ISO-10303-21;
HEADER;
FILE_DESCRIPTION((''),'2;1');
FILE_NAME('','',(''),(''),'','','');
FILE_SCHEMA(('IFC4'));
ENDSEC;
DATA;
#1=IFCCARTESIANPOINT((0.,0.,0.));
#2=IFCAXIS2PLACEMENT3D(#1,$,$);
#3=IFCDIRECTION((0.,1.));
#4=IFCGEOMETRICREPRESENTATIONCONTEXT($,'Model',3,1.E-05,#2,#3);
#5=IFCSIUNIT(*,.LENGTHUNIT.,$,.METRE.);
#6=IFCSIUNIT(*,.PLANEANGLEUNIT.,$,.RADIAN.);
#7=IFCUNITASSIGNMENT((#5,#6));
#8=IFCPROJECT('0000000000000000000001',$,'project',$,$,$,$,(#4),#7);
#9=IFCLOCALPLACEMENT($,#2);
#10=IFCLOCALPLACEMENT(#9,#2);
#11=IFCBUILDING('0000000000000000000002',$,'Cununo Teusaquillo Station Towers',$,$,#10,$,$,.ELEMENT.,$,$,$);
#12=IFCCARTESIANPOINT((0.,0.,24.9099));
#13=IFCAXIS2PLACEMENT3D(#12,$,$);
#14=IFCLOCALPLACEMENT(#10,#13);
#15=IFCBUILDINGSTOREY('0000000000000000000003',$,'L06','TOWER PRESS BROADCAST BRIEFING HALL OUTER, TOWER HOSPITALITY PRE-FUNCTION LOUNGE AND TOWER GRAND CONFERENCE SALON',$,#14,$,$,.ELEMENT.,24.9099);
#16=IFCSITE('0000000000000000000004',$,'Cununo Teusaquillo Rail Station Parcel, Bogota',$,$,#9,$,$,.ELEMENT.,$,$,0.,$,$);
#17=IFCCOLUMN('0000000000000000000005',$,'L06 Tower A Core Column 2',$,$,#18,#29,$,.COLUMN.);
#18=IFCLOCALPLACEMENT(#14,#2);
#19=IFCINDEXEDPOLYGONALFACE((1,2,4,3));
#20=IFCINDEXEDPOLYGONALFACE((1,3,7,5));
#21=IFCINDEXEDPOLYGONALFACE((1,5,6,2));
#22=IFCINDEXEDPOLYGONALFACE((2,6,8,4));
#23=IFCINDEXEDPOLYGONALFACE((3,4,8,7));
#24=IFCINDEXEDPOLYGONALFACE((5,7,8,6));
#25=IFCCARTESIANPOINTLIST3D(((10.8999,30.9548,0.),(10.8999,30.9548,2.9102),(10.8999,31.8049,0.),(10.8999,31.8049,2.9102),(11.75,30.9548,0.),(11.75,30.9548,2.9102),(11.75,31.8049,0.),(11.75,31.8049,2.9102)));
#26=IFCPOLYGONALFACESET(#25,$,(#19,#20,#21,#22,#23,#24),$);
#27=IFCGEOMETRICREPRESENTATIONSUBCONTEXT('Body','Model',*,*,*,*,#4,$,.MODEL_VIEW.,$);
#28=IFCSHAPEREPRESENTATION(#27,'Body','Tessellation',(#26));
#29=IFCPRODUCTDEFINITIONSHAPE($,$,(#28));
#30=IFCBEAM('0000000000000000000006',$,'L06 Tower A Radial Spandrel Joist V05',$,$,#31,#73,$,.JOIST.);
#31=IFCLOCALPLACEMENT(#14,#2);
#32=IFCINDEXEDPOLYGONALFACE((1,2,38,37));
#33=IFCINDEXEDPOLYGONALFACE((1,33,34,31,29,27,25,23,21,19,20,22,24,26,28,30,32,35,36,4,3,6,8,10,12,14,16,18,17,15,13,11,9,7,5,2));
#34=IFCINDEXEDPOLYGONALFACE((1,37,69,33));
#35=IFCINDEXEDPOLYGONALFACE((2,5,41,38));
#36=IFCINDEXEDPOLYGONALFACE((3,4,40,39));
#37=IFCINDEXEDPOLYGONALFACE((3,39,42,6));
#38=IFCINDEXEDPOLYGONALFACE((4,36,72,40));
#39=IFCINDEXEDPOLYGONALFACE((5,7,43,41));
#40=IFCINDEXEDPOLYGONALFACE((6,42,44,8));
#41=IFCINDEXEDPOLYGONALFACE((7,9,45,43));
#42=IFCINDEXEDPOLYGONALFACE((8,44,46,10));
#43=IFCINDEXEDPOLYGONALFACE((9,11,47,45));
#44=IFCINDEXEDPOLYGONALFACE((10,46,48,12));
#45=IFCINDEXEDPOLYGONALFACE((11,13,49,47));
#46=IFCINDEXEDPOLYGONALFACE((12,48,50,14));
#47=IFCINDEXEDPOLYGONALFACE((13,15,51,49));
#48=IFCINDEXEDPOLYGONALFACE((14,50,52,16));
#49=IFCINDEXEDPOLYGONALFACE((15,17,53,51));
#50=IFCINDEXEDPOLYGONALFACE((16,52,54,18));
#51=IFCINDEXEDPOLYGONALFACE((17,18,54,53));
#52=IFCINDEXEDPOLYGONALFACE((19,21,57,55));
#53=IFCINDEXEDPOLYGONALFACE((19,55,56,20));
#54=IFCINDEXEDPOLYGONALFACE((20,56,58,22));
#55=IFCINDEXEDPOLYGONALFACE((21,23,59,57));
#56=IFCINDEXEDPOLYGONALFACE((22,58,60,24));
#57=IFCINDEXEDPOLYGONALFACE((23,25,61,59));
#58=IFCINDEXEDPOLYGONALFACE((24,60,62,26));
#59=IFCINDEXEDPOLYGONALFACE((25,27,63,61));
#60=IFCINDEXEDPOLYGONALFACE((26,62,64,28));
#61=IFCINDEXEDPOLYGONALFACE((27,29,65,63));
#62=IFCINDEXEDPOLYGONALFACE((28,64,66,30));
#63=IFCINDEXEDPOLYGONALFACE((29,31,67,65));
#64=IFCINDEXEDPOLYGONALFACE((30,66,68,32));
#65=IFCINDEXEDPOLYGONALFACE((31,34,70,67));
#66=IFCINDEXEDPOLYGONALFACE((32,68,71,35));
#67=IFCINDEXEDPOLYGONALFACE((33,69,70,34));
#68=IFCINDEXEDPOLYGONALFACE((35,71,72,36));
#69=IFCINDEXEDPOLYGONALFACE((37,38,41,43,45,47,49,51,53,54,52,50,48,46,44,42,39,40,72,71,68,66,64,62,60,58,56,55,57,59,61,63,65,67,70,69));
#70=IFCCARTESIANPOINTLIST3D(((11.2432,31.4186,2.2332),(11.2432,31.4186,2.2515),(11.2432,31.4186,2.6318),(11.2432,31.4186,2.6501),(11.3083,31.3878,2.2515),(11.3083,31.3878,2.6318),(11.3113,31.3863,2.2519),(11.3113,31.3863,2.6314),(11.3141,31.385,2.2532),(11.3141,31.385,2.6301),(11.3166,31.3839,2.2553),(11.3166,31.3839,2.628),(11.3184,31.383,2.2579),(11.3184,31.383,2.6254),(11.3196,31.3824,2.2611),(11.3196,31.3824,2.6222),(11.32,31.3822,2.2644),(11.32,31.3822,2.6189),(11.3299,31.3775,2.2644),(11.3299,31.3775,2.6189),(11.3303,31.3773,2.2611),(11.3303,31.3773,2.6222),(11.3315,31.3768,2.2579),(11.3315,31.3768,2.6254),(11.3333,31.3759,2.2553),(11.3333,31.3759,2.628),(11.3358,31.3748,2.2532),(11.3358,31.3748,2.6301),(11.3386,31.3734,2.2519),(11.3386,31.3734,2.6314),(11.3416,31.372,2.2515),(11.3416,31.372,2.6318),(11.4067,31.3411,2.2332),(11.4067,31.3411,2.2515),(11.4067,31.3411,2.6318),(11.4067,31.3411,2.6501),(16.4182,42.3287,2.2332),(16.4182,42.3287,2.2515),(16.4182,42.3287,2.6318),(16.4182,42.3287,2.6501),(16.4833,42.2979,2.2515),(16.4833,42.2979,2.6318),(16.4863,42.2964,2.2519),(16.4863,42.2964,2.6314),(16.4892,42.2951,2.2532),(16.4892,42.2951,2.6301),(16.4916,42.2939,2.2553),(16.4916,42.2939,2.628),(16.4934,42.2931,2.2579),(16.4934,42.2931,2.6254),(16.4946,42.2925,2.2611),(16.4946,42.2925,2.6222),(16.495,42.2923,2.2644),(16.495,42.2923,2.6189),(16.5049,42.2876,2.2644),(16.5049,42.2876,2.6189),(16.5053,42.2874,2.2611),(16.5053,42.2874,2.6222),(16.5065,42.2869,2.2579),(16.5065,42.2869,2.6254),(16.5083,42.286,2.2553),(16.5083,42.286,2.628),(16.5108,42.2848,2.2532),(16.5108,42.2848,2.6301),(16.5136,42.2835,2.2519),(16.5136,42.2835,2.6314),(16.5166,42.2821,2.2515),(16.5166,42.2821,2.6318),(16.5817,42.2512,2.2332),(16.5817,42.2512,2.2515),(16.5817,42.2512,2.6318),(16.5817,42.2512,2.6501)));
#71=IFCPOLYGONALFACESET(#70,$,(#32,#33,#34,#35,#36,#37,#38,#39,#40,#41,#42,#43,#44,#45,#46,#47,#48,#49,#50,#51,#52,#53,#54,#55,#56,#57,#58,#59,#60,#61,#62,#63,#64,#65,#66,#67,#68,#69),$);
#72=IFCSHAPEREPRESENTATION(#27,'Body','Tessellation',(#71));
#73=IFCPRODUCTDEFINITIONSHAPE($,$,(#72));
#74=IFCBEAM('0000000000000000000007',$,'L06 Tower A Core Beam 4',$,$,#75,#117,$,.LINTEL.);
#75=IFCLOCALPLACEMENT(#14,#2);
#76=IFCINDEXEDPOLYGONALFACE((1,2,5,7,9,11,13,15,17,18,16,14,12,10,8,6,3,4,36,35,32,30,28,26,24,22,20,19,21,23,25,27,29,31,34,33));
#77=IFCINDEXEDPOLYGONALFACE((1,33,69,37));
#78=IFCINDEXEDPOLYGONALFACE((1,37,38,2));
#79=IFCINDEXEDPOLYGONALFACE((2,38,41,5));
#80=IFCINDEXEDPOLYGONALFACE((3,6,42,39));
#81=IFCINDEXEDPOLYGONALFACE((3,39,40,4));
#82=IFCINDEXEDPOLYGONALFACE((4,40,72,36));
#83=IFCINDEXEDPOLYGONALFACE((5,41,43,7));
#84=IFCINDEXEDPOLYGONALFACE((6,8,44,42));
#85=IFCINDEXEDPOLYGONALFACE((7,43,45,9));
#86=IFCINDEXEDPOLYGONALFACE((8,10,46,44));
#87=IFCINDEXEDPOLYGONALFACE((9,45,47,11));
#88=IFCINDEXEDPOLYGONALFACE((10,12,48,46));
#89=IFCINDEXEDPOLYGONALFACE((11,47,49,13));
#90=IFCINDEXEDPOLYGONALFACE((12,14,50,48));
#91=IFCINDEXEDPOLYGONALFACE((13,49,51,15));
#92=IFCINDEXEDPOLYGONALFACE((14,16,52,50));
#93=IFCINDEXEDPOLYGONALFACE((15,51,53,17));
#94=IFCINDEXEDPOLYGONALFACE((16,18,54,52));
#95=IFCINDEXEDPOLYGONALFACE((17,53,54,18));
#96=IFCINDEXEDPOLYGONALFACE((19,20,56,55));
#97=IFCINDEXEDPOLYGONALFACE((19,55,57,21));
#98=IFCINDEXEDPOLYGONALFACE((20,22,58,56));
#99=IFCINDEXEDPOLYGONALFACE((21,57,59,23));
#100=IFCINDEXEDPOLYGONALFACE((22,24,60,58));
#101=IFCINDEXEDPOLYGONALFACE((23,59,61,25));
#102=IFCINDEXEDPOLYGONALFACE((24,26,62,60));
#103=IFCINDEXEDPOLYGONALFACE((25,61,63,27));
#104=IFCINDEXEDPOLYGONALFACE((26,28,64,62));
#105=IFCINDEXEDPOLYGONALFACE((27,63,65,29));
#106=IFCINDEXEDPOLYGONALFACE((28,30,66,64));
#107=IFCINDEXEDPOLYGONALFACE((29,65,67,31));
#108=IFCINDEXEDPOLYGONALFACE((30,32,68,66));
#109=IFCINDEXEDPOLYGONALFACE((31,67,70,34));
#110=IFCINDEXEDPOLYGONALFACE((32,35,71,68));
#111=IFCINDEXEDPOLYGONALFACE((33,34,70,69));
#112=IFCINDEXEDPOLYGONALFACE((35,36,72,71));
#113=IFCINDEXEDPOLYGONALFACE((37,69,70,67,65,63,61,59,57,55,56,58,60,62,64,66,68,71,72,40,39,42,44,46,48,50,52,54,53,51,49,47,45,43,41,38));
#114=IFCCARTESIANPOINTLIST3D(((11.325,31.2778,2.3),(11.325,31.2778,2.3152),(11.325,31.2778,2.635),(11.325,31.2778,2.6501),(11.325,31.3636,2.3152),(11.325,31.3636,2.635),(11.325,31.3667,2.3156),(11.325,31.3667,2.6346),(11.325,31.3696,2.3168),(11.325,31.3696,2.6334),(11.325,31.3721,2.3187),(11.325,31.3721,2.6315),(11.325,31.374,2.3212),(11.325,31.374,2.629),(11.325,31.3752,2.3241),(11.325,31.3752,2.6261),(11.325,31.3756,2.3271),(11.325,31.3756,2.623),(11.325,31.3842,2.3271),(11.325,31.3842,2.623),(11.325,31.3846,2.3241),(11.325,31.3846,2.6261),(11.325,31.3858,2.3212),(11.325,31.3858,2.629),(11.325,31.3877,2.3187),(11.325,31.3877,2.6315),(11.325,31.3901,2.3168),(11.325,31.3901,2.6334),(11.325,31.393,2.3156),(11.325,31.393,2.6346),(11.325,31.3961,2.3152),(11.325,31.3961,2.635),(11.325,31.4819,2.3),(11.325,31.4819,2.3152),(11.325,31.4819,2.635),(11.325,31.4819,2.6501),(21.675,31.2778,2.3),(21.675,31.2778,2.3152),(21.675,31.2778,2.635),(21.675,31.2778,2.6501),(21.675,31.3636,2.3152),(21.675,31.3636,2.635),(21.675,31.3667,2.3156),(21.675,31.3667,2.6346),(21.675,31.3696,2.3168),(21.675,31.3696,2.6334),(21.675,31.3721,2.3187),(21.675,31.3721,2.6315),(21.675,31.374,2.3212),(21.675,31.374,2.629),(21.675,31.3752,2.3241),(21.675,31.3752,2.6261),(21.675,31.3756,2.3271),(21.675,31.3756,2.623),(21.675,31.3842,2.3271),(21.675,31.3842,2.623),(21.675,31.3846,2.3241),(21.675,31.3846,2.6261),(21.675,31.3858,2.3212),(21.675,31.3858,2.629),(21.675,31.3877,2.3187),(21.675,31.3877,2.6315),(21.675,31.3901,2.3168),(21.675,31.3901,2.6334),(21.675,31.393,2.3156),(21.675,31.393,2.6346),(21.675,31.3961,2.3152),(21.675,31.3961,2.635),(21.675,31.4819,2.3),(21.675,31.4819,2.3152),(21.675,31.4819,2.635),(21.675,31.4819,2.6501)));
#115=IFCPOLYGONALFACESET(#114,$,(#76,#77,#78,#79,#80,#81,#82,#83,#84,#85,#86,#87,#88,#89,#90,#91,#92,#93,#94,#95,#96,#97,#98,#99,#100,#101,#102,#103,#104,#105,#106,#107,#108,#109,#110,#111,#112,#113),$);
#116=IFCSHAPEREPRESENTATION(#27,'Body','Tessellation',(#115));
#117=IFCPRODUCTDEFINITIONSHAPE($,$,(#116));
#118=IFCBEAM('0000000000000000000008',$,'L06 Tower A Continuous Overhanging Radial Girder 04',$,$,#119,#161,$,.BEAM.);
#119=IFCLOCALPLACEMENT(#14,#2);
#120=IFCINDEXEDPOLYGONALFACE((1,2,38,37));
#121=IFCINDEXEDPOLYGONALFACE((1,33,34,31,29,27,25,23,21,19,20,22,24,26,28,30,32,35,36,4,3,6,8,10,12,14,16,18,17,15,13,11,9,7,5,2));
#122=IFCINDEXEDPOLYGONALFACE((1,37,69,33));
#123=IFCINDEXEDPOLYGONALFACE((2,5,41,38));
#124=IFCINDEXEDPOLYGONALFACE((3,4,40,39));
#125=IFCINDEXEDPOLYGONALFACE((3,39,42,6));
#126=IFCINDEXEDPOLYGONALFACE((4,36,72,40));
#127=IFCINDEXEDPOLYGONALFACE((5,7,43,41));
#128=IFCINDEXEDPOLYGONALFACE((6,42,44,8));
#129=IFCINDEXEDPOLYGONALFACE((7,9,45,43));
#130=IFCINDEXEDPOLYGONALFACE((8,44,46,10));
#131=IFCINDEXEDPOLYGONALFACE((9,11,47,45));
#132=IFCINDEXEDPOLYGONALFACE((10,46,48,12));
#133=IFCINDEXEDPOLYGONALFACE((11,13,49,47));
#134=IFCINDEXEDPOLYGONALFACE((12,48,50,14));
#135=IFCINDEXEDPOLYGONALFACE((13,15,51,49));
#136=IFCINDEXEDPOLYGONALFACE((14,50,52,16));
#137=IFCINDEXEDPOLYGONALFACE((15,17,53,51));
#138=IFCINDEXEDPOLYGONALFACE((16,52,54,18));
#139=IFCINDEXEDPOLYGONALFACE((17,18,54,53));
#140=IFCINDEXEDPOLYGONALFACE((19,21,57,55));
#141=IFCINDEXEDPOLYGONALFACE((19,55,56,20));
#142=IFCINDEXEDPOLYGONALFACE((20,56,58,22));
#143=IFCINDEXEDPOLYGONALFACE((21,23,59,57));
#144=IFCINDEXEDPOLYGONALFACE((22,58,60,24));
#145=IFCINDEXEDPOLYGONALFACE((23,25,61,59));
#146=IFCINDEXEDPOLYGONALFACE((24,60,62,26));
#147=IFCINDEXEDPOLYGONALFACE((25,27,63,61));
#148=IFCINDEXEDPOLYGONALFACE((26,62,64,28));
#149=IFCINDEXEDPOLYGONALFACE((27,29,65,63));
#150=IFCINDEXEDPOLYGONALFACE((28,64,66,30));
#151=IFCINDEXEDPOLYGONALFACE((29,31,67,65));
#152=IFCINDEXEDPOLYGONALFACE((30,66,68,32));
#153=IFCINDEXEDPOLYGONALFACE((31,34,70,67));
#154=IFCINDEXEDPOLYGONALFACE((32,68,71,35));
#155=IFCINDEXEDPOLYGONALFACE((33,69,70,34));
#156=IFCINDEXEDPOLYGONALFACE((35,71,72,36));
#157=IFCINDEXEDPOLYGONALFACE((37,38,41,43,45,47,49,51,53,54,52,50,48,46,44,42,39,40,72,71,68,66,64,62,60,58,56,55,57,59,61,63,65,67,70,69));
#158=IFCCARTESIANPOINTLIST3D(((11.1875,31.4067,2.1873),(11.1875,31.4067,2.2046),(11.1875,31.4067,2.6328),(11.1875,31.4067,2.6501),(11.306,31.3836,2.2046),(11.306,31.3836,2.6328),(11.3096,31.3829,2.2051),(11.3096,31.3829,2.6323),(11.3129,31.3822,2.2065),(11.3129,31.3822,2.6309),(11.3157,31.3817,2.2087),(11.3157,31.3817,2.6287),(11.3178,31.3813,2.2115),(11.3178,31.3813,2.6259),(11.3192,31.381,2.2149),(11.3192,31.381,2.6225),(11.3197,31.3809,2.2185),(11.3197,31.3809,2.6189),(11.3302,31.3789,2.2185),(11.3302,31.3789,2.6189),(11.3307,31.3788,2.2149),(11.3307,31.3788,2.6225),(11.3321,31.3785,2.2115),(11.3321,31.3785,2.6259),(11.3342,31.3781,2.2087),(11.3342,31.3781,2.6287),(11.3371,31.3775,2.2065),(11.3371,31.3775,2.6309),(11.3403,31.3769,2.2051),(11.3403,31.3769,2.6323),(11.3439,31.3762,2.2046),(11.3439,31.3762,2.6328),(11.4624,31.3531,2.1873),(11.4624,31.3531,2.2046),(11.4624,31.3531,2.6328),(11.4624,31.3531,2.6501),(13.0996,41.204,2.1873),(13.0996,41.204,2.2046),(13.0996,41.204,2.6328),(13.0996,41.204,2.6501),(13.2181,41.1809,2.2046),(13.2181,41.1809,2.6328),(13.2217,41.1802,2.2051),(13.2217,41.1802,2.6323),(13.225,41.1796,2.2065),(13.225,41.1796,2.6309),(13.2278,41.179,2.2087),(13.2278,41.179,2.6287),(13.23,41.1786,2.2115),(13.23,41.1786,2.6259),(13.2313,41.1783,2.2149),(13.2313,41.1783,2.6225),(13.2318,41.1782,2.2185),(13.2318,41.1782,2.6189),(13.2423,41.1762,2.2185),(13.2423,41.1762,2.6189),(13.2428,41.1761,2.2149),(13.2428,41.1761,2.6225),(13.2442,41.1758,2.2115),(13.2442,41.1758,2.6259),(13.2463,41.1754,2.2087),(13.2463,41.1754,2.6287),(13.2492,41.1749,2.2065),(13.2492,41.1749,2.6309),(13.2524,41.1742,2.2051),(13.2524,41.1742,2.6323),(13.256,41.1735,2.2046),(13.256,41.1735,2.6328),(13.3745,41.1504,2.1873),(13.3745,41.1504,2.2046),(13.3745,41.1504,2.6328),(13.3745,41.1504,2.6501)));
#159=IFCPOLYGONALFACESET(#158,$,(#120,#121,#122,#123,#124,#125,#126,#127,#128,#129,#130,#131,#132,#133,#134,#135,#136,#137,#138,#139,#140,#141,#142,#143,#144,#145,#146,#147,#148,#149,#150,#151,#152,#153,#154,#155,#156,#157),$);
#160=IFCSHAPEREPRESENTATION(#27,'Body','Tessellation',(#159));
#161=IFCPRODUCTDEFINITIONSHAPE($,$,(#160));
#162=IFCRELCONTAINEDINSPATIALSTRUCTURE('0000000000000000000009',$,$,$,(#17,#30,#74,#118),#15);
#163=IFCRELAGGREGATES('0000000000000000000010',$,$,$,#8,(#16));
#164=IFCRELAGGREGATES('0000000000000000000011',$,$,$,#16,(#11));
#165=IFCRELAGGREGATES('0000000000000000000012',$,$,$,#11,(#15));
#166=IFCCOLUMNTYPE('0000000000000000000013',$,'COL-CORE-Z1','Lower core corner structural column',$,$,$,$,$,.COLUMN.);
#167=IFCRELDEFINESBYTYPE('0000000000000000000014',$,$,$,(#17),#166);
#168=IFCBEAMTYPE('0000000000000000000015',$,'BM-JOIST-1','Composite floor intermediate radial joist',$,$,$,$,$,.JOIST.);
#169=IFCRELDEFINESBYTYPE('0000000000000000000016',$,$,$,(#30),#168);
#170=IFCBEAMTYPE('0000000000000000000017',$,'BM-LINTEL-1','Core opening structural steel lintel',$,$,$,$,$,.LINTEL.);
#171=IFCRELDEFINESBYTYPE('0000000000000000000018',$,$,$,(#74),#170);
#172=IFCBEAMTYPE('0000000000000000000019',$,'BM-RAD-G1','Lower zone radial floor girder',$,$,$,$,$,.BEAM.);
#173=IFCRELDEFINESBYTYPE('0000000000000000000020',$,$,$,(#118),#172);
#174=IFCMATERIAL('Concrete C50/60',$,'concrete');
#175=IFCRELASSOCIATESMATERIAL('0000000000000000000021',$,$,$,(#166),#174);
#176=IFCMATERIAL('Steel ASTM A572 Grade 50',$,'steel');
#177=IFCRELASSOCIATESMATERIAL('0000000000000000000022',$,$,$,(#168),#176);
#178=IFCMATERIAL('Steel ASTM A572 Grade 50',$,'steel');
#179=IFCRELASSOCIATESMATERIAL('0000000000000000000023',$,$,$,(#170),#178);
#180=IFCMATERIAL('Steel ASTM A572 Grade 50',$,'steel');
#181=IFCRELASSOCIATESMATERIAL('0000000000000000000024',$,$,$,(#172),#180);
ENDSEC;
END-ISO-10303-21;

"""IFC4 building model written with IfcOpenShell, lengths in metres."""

from ifc_helpers import new_model, si_unit, direction, frame, origin, origin_2d, place, context, subcontext, project, spatial, rectangle, i_section, extrude, material, material_profile, profile_set, type_object, element, save


model = new_model("IFC4")

# Units and contexts
model_context = context("Model", 3, precision=1e-05, world=origin(), true_north=direction((0.0, 1.0)))
body_context = subcontext(model_context, "Body", "Model", "MODEL_VIEW")
ifc_project = project(units=[si_unit("LENGTHUNIT", "METRE"), si_unit("PLANEANGLEUNIT", "RADIAN")], contexts=[model_context])

# Site, building, storey
site_placement = place(None, origin())
site = spatial("IfcSite", under=ifc_project, at=site_placement, Name="Cununo Teusaquillo Rail Station Parcel, Bogota", CompositionType="ELEMENT", RefElevation=0.0)
building_placement = place(site_placement, origin())
building = spatial("IfcBuilding", under=site, at=building_placement, Name="Cununo Teusaquillo Station Towers", CompositionType="ELEMENT")
storey_placement = place(building_placement, frame((0.0, 0.0, 24.9099)))
storey = spatial("IfcBuildingStorey", under=building, at=storey_placement, Name="L06", Description="TOWER PRESS BROADCAST BRIEFING HALL OUTER, TOWER HOSPITALITY PRE-FUNCTION LOUNGE AND TOWER GRAND CONFERENCE SALON", CompositionType="ELEMENT", Elevation=24.9099)

# Column
ifc_material_1 = material(Name="Concrete C50/60", Category="concrete")
ifc_material_profile_1 = material_profile(ifc_material_1, rectangle(XDim=0.8501, YDim=0.8501, at=origin_2d()), Name="RC-RECT-850x850")
ifc_profile_set_1 = profile_set([ifc_material_profile_1], Name="Concrete C50/60")
column_type = type_object("IfcColumnType", Name="COL-CORE-Z1", Description="Lower core corner structural column", PredefinedType="COLUMN", material=ifc_profile_set_1)
column_placement = place(storey_placement, frame((11.325, 31.3799, 0.0), z_axis=(0.0, 0.0, 1.0), x_axis=(1.0, 0.0, 0.0)))
element("IfcColumn", 1, at=column_placement, inside=storey, type_object=column_type, Name="L06 Tower A Core Column 2", PredefinedType="COLUMN", context=body_context, shape_type="SweptSolid", body=[
    extrude(rectangle(XDim=0.8501, YDim=0.8501, at=origin_2d()), origin(), (0.0, 0.0, 1.0), 2.9102),
])

# Beams
ifc_material_2 = material(Name="Steel ASTM A572 Grade 50", Category="steel")
ifc_material_profile_2 = material_profile(ifc_material_2, i_section(OverallWidth=0.1809, OverallDepth=0.417, WebThickness=0.011, FlangeThickness=0.0183, FilletRadius=0.0129, at=origin_2d()), Name="W16X57")
ifc_profile_set_2 = profile_set([ifc_material_profile_2], Name="Steel ASTM A572 Grade 50")
beam_type_1 = type_object("IfcBeamType", Name="BM-JOIST-1", Description="Composite floor intermediate radial joist", PredefinedType="JOIST", material=ifc_profile_set_2)
beam_1_placement = place(storey_placement, frame((11.325, 31.3799, 2.4417), z_axis=(0.428565, 0.903511, 0.0), x_axis=(-0.903511, 0.428565, 0.0)))
element("IfcBeam", 2, at=beam_1_placement, inside=storey, type_object=beam_type_1, Name="L06 Tower A Radial Spandrel Joist V05", PredefinedType="JOIST", context=body_context, shape_type="SweptSolid", body=[
    extrude(i_section(OverallWidth=0.1809, OverallDepth=0.417, WebThickness=0.011, FlangeThickness=0.0183, FilletRadius=0.0129, at=origin_2d()), origin(), (0.0, 0.0, 1.0), 12.0752),
])
ifc_material_3 = material(Name="Steel ASTM A572 Grade 50", Category="steel")
ifc_material_profile_3 = material_profile(ifc_material_3, i_section(OverallWidth=0.2041, OverallDepth=0.3501, WebThickness=0.0085, FlangeThickness=0.0151, FilletRadius=0.012, at=origin_2d()), Name="W14X48")
ifc_profile_set_3 = profile_set([ifc_material_profile_3], Name="Steel ASTM A572 Grade 50")
beam_type_2 = type_object("IfcBeamType", Name="BM-LINTEL-1", Description="Core opening structural steel lintel", PredefinedType="LINTEL", material=ifc_profile_set_3)
beam_2_placement = place(storey_placement, frame((11.325, 31.3799, 2.4751), z_axis=(1.0, 0.0, 0.0), x_axis=(0.0, 1.0, 0.0)))
element("IfcBeam", 3, at=beam_2_placement, inside=storey, type_object=beam_type_2, Name="L06 Tower A Core Beam 4", PredefinedType="LINTEL", context=body_context, shape_type="SweptSolid", body=[
    extrude(i_section(OverallWidth=0.2041, OverallDepth=0.3501, WebThickness=0.0085, FlangeThickness=0.0151, FilletRadius=0.012, at=origin_2d()), origin(), (0.0, 0.0, 1.0), 10.3501),
])
ifc_material_4 = material(Name="Steel ASTM A572 Grade 50", Category="steel")
ifc_material_profile_4 = material_profile(ifc_material_4, i_section(OverallWidth=0.28, OverallDepth=0.4629, WebThickness=0.0107, FlangeThickness=0.0173, FilletRadius=0.0139, at=origin_2d()), Name="W18X76")
ifc_profile_set_4 = profile_set([ifc_material_profile_4], Name="Steel ASTM A572 Grade 50")
beam_type_3 = type_object("IfcBeamType", Name="BM-RAD-G1", Description="Lower zone radial floor girder", PredefinedType="BEAM", material=ifc_profile_set_4)
beam_3_placement = place(storey_placement, frame((11.325, 31.3799, 2.4187), z_axis=(0.191552, 0.981483, 0.0), x_axis=(-0.981483, 0.191552, 0.0)))
element("IfcBeam", 4, at=beam_3_placement, inside=storey, type_object=beam_type_3, Name="L06 Tower A Continuous Overhanging Radial Girder 04", PredefinedType="BEAM", context=body_context, shape_type="SweptSolid", body=[
    extrude(i_section(OverallWidth=0.28, OverallDepth=0.4629, WebThickness=0.0107, FlangeThickness=0.0173, FilletRadius=0.0139, at=origin_2d()), origin(), (0.0, 0.0, 1.0), 9.9822),
])

save(model, "model.ifc")
